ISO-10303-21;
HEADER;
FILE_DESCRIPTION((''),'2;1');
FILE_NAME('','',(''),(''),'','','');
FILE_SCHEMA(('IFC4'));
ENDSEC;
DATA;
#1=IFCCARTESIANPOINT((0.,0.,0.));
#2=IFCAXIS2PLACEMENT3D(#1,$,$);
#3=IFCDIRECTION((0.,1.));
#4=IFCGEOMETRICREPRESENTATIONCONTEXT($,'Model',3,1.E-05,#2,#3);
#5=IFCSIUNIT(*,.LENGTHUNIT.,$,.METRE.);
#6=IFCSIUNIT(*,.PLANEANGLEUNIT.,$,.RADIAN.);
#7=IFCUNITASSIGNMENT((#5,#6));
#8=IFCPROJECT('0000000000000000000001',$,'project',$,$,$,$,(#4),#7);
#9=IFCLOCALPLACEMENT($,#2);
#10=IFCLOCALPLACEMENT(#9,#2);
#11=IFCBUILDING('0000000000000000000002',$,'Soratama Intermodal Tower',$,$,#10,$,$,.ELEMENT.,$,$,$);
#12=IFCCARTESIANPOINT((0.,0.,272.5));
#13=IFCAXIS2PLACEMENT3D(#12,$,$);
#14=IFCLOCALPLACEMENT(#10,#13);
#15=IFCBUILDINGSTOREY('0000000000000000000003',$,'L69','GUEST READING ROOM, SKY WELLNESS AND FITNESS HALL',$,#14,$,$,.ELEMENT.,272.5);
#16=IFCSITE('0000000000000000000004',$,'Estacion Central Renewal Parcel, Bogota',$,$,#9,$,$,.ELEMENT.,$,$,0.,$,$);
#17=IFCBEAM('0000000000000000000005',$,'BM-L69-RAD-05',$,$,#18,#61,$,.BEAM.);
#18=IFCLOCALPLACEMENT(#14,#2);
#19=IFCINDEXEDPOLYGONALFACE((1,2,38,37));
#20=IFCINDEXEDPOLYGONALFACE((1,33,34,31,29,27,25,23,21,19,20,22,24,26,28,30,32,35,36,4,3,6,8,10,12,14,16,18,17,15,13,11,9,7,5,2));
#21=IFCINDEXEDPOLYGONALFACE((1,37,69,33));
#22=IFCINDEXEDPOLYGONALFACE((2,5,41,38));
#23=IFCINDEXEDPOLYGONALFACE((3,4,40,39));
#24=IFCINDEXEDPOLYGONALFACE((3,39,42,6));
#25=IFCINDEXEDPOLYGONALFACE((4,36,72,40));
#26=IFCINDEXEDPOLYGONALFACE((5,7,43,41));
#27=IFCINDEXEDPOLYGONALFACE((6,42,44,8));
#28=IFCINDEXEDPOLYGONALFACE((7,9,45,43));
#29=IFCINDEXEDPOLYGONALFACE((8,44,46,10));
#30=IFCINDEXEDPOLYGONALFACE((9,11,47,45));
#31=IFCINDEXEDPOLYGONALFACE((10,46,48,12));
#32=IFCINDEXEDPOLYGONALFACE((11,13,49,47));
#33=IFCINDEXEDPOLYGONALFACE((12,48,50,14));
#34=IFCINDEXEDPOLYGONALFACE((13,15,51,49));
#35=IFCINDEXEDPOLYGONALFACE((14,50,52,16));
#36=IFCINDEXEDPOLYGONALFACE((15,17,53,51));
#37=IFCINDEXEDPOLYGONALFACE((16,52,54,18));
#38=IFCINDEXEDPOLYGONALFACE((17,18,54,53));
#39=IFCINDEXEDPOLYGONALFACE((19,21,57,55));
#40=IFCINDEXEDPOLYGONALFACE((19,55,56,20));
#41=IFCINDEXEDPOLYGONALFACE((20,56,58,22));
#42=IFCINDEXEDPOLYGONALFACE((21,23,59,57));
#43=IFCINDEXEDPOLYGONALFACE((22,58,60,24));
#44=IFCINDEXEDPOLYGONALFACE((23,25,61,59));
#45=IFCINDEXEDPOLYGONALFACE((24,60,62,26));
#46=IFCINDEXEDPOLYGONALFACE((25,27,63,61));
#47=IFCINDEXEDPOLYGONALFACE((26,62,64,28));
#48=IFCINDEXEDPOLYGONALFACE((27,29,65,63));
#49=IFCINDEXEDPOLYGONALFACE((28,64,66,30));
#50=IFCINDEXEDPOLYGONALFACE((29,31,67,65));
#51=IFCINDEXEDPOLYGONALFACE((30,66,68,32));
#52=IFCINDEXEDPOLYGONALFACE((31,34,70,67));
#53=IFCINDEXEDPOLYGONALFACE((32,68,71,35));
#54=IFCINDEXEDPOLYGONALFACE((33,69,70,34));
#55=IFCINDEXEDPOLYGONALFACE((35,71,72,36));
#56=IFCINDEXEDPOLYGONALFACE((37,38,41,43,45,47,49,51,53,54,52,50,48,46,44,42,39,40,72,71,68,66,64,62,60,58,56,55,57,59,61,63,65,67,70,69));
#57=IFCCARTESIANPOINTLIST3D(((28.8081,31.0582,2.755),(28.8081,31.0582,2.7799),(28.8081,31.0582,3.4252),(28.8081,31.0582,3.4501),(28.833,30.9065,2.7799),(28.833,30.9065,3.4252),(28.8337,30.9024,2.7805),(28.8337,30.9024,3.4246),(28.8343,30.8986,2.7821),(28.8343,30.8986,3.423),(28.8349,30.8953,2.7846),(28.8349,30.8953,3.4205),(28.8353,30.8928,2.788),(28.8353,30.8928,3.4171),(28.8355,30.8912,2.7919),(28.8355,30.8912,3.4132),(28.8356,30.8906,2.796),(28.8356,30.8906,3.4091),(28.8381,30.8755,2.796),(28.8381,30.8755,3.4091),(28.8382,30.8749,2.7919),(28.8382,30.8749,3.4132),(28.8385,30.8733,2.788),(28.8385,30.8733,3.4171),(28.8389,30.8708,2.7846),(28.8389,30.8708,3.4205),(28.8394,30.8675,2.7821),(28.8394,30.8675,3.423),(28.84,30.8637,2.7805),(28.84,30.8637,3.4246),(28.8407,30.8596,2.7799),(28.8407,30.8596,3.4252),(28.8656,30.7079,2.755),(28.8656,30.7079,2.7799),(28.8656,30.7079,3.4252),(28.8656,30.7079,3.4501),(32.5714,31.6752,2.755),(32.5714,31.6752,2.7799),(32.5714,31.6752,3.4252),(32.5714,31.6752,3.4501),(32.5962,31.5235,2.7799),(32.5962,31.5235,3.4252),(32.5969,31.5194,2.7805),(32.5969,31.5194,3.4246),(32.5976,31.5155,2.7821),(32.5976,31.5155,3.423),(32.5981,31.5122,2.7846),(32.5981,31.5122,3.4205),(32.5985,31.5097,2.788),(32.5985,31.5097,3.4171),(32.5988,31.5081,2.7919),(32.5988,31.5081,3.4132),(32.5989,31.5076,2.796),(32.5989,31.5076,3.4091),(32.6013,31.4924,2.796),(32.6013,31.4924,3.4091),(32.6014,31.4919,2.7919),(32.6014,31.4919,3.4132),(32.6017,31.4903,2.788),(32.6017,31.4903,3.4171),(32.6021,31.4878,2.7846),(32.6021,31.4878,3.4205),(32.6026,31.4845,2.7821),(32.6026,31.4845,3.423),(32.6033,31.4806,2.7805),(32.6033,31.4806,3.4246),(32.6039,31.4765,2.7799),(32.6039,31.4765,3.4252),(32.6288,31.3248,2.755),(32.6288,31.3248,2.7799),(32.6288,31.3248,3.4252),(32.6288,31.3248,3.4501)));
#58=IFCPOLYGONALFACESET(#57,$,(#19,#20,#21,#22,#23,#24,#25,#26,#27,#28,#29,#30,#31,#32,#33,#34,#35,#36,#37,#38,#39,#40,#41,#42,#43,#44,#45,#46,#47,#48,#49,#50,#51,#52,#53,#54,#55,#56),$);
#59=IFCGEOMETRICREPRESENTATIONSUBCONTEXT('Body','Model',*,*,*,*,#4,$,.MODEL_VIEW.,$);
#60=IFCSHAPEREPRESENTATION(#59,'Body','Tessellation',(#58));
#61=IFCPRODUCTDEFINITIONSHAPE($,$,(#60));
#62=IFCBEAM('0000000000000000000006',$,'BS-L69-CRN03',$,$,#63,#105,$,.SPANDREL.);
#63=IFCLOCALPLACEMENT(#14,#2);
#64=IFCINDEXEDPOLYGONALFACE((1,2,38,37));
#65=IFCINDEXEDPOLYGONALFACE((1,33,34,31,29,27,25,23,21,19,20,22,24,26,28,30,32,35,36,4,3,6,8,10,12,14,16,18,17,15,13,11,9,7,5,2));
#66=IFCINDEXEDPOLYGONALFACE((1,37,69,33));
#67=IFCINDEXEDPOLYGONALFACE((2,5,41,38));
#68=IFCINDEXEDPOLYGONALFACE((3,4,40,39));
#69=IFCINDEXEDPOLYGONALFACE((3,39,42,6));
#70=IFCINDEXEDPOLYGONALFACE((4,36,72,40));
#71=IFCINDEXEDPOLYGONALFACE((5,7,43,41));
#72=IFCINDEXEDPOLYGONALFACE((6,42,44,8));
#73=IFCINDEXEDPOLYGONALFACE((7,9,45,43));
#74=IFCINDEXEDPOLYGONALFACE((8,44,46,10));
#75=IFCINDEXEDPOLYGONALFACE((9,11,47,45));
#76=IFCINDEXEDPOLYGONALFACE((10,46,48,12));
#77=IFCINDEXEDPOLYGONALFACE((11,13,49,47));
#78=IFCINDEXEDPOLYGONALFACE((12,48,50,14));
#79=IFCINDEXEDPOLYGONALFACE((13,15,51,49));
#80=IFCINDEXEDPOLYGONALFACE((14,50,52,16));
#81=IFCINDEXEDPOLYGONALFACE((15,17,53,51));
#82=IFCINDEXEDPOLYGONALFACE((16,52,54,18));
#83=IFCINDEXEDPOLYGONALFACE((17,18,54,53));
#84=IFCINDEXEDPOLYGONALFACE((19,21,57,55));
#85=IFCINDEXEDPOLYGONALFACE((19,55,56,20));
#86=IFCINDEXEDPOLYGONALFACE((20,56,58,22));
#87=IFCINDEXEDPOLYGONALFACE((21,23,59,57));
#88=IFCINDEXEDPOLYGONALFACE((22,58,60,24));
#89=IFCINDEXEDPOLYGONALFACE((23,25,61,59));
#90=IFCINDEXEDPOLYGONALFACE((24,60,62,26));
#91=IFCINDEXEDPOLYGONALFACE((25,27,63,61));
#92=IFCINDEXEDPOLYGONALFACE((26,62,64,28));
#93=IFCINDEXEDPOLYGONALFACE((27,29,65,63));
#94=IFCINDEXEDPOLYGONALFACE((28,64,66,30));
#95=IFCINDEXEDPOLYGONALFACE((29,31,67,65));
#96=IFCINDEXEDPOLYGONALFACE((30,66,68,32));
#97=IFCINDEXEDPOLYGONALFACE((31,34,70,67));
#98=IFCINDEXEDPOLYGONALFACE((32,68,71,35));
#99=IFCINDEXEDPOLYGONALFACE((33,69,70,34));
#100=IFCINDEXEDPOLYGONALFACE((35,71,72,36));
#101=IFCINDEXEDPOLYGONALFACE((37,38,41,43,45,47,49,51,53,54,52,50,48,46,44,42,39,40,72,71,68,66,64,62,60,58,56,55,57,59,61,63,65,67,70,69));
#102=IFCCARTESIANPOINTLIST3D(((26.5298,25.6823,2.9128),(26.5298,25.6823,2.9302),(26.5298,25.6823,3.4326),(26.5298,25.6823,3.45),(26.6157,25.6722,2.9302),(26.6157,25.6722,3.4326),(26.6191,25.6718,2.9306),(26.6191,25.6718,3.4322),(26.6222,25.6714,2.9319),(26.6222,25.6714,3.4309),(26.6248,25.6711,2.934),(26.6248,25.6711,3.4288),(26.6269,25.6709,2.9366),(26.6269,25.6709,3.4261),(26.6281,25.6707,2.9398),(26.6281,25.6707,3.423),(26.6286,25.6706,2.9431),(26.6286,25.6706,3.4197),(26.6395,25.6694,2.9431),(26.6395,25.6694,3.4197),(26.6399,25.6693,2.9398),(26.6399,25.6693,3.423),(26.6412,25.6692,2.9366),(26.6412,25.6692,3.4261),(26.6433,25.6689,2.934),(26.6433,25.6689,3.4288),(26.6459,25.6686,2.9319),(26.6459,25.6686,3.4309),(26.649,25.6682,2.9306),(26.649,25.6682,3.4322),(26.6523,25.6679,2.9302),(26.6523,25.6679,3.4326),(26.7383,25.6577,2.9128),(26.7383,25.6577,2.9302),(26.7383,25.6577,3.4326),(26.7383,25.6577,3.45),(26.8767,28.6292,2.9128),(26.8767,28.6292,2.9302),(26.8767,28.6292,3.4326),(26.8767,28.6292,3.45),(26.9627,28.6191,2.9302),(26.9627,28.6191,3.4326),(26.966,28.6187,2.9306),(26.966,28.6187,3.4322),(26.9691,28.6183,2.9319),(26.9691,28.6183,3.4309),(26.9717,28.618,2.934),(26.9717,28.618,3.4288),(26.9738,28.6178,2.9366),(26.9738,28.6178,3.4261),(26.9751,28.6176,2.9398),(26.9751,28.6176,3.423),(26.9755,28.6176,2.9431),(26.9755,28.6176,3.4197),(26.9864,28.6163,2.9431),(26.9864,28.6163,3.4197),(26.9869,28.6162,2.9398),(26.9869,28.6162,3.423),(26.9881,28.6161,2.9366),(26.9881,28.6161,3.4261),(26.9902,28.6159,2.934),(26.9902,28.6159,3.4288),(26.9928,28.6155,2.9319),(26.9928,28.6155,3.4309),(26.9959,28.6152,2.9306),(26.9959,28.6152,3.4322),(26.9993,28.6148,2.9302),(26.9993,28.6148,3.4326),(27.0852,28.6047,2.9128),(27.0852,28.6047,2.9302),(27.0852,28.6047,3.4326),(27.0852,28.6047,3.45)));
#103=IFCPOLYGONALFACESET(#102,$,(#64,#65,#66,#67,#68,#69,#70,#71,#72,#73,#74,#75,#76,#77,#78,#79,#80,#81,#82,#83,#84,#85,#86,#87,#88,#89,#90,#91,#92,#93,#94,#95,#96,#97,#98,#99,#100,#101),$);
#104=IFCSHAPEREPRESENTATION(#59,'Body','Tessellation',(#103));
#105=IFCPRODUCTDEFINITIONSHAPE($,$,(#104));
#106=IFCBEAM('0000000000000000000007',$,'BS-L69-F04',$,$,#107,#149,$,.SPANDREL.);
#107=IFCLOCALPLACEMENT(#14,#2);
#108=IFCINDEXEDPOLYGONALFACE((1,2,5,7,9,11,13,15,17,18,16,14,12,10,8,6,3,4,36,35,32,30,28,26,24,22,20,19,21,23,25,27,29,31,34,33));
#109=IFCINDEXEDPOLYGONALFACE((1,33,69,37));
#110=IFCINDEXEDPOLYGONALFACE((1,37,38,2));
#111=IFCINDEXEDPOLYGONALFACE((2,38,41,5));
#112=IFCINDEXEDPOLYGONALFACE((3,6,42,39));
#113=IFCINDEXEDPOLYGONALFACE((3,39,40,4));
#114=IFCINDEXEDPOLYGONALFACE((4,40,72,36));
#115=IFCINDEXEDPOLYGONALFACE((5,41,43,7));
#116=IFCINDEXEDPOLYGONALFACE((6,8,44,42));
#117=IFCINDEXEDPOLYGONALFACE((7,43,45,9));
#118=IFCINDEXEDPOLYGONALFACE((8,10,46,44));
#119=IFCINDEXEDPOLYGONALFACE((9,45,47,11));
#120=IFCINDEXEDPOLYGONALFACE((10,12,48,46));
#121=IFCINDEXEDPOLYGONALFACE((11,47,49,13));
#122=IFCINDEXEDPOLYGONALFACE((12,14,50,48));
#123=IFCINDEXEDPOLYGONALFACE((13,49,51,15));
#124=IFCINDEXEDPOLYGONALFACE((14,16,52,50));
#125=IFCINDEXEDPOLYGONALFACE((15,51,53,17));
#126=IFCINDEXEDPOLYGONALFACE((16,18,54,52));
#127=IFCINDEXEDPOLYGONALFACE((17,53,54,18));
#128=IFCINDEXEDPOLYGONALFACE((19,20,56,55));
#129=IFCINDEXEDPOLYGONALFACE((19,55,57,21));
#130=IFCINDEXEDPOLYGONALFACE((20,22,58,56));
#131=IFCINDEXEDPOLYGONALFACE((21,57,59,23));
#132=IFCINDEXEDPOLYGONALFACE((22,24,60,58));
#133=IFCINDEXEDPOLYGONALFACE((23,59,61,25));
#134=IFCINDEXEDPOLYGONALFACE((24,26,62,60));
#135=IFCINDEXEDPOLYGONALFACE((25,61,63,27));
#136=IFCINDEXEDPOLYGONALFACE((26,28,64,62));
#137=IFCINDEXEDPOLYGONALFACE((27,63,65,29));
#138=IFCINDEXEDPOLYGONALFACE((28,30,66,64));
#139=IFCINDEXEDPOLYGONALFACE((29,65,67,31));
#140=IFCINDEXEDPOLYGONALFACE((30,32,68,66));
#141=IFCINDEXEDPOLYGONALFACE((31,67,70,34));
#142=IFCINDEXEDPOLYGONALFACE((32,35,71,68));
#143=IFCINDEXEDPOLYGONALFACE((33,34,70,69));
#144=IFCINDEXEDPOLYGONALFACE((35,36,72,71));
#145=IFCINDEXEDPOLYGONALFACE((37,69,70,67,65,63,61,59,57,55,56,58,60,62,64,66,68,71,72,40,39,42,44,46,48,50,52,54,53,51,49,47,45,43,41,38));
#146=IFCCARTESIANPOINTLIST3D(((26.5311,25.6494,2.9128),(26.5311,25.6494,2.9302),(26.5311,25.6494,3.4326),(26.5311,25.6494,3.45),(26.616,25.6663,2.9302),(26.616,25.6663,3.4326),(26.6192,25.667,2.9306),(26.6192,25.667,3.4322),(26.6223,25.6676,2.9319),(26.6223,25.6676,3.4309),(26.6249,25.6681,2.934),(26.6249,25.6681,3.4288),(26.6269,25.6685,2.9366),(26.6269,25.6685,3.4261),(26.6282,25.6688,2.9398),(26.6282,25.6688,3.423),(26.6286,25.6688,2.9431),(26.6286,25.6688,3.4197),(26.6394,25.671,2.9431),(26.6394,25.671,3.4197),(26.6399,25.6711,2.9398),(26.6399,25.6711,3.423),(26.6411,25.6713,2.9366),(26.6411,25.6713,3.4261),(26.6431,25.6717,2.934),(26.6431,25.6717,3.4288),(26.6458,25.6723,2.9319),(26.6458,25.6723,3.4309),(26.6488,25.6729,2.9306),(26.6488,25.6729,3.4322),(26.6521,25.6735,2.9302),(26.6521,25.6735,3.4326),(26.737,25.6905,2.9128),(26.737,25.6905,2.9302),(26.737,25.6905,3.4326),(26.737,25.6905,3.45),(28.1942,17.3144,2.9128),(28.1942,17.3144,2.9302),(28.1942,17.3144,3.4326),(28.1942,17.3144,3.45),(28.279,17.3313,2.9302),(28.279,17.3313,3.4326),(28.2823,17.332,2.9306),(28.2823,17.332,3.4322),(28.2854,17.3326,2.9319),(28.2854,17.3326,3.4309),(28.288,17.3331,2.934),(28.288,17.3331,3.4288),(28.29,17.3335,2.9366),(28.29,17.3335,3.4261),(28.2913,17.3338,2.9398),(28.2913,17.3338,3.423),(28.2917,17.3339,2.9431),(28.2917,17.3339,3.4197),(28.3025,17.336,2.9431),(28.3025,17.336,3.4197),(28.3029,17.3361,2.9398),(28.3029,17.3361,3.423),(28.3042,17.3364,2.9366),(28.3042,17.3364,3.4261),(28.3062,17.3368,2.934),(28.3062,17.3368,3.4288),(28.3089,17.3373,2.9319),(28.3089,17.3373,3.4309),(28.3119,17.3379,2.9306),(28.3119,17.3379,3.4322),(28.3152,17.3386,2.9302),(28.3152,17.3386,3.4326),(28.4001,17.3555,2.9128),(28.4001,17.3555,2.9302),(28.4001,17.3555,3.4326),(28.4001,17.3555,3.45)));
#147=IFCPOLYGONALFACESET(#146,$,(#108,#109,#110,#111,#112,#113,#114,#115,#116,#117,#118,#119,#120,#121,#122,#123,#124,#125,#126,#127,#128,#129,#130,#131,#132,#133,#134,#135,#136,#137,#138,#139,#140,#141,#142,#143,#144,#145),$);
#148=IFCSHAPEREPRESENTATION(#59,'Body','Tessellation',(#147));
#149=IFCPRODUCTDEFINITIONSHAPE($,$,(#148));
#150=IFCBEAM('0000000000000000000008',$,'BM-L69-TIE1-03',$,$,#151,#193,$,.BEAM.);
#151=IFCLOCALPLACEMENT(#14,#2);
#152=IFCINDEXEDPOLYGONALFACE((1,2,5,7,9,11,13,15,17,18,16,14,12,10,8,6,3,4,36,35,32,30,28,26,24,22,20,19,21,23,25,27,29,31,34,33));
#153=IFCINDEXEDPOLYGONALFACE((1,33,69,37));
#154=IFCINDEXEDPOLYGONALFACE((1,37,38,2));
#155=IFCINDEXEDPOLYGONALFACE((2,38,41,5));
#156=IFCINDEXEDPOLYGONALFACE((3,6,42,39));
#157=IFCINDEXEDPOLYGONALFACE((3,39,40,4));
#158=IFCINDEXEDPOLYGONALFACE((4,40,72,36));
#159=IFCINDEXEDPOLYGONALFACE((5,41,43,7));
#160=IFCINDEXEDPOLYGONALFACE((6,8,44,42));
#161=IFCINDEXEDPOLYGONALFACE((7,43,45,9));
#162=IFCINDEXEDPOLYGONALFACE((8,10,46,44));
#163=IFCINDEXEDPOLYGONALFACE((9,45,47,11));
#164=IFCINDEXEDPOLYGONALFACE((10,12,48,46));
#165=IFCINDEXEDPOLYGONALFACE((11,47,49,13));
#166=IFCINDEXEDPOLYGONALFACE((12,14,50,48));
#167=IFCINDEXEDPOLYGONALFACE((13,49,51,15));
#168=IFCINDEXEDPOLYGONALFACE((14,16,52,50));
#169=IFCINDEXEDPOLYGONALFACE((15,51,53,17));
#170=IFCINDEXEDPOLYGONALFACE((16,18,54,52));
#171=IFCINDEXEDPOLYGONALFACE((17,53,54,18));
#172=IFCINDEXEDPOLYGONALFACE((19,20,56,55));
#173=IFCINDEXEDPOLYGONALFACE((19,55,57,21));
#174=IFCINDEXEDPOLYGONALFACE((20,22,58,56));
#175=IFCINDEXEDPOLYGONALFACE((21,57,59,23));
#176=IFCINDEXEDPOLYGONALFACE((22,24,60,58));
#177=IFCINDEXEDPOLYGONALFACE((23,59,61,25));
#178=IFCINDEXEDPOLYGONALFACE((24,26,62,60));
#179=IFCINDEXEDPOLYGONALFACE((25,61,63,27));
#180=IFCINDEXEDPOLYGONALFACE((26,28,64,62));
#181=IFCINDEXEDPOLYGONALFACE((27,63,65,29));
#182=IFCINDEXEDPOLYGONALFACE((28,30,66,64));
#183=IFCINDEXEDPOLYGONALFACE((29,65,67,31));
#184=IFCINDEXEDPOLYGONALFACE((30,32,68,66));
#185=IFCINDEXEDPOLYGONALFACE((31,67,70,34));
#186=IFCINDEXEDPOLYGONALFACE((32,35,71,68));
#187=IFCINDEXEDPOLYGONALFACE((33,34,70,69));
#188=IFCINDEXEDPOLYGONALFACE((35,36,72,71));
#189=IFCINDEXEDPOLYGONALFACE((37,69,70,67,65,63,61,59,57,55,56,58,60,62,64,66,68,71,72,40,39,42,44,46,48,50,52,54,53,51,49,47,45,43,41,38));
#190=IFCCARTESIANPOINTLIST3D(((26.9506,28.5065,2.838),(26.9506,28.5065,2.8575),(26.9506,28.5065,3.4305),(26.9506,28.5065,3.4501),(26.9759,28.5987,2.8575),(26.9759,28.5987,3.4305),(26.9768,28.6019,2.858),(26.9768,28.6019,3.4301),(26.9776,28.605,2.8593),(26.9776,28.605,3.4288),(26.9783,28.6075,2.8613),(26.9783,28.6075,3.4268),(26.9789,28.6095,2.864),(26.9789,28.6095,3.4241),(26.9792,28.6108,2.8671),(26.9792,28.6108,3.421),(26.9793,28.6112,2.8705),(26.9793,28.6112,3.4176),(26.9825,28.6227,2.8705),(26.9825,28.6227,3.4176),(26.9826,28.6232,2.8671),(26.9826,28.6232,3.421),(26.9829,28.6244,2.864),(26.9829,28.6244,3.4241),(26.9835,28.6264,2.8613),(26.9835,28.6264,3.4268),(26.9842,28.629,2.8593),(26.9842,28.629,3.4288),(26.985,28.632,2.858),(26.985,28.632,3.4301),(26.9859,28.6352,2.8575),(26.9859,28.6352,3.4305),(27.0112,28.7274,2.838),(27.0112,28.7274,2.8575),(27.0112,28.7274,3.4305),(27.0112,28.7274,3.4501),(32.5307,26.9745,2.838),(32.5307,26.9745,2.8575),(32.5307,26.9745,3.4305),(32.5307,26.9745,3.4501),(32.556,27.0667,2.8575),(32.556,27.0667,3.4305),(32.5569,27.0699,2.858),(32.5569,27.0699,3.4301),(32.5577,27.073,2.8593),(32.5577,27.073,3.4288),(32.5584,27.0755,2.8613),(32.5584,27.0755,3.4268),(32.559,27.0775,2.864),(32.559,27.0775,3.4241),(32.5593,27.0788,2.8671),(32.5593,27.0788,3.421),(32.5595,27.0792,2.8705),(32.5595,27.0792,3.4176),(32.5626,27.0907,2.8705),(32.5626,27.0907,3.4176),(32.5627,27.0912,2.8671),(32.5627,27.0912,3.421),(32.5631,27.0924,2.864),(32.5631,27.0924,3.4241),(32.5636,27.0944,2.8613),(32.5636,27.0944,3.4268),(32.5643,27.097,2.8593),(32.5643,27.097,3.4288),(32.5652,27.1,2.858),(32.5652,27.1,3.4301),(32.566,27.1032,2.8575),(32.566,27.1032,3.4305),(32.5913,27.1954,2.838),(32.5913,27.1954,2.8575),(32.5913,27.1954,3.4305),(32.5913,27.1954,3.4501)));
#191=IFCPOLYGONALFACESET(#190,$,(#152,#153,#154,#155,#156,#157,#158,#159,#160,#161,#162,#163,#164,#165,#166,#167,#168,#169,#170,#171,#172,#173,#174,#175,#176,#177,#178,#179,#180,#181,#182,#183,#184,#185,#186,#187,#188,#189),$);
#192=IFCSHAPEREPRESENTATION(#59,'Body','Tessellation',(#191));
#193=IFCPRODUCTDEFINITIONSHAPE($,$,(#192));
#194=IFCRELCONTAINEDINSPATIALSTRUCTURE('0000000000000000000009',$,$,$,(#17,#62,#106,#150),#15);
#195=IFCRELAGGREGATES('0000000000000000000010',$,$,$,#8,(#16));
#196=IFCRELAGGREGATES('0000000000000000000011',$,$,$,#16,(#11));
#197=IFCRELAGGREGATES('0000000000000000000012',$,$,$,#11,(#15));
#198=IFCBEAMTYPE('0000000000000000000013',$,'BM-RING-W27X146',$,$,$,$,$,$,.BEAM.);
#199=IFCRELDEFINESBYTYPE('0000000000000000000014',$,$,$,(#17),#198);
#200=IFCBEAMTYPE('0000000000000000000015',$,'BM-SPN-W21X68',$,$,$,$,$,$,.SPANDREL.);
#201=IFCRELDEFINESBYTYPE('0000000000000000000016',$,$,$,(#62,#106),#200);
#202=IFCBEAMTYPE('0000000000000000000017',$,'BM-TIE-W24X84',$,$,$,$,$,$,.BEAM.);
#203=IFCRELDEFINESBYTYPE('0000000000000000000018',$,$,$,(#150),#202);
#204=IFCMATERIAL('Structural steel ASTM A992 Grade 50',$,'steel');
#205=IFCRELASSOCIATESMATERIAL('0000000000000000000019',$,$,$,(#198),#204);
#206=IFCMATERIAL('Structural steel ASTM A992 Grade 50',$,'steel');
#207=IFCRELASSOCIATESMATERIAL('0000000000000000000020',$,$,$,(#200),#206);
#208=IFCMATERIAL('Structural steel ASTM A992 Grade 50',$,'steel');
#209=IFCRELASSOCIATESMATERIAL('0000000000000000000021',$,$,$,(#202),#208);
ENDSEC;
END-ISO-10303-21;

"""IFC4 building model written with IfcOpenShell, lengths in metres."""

from ifc_helpers import new_model, si_unit, direction, frame, origin, origin_2d, place, context, subcontext, project, spatial, i_section, extrude, material, material_profile, profile_set, type_object, element, save


model = new_model("IFC4")

# Units and contexts
model_context = context("Model", 3, precision=1e-05, world=origin(), true_north=direction((0.0, 1.0)))
body_context = subcontext(model_context, "Body", "Model", "MODEL_VIEW")
ifc_project = project(units=[si_unit("LENGTHUNIT", "METRE"), si_unit("PLANEANGLEUNIT", "RADIAN")], contexts=[model_context])

# Site, building, storey
site_placement = place(None, origin())
site = spatial("IfcSite", under=ifc_project, at=site_placement, Name="Estacion Central Renewal Parcel, Bogota", CompositionType="ELEMENT", RefElevation=0.0)
building_placement = place(site_placement, origin())
building = spatial("IfcBuilding", under=site, at=building_placement, Name="Soratama Intermodal Tower", CompositionType="ELEMENT")
storey_placement = place(building_placement, frame((0.0, 0.0, 272.5)))
storey = spatial("IfcBuildingStorey", under=building, at=storey_placement, Name="L69", Description="GUEST READING ROOM, SKY WELLNESS AND FITNESS HALL", CompositionType="ELEMENT", Elevation=272.5)

# Beams
ifc_material_1 = material(Name="Structural steel ASTM A992 Grade 50", Category="steel")
ifc_material_profile_1 = material_profile(ifc_material_1, i_section(OverallWidth=0.355, OverallDepth=0.6951, WebThickness=0.0154, FlangeThickness=0.0249, FilletRadius=0.0161, at=origin_2d()), Name="W27X146")
ifc_profile_set_1 = profile_set([ifc_material_profile_1], Name="Structural steel ASTM A992 Grade 50")
beam_type_1 = type_object("IfcBeamType", Name="BM-RING-W27X146", PredefinedType="BEAM", material=ifc_profile_set_1)
beam_1_placement = place(storey_placement, frame((32.6001, 31.5, 3.1025), z_axis=(-0.986826, -0.161782, 0.0), x_axis=(0.161782, -0.986826, 0.0)))
element("IfcBeam", 1, at=beam_1_placement, inside=storey, type_object=beam_type_1, Name="BM-L69-RAD-05", PredefinedType="BEAM", context=body_context, shape_type="SweptSolid", body=[
    extrude(i_section(OverallWidth=0.355, OverallDepth=0.6951, WebThickness=0.0154, FlangeThickness=0.0249, FilletRadius=0.0161, at=origin_2d()), origin(), (0.0, 0.0, 1.0), 3.8135),
])
ifc_material_2 = material(Name="Structural steel ASTM A992 Grade 50", Category="steel")
ifc_material_profile_2 = material_profile(ifc_material_2, i_section(OverallWidth=0.21, OverallDepth=0.5371, WebThickness=0.011, FlangeThickness=0.0173, FilletRadius=0.0129, at=origin_2d()), Name="W21X68")
ifc_profile_set_2 = profile_set([ifc_material_profile_2], Name="Structural steel ASTM A992 Grade 50")
beam_type_2 = type_object("IfcBeamType", Name="BM-SPN-W21X68", PredefinedType="SPANDREL", material=ifc_profile_set_2)
beam_2_placement = place(storey_placement, frame((26.981, 28.6169, 3.1814), z_axis=(-0.116913, -0.993142, 0.0), x_axis=(0.993142, -0.116913, 0.0)))
element("IfcBeam", 2, at=beam_2_placement, inside=storey, type_object=beam_type_2, Name="BS-L69-CRN03", PredefinedType="SPANDREL", context=body_context, shape_type="SweptSolid", body=[
    extrude(i_section(OverallWidth=0.21, OverallDepth=0.5371, WebThickness=0.011, FlangeThickness=0.0173, FilletRadius=0.0129, at=origin_2d()), origin(), (0.0, 0.0, 1.0), 2.9673),
])
beam_3_placement = place(storey_placement, frame((26.634, 25.6699, 3.1814), z_axis=(0.195674, -0.980669, 0.0), x_axis=(0.980669, 0.195674, 0.0)))
element("IfcBeam", 3, at=beam_3_placement, inside=storey, type_object=beam_type_2, Name="BS-L69-F04", PredefinedType="SPANDREL", context=body_context, shape_type="SweptSolid", body=[
    extrude(i_section(OverallWidth=0.21, OverallDepth=0.5371, WebThickness=0.011, FlangeThickness=0.0173, FilletRadius=0.0129, at=origin_2d()), origin(), (0.0, 0.0, 1.0), 8.4993),
])
ifc_material_3 = material(Name="Structural steel ASTM A992 Grade 50", Category="steel")
ifc_material_profile_3 = material_profile(ifc_material_3, i_section(OverallWidth=0.229, OverallDepth=0.6121, WebThickness=0.012, FlangeThickness=0.0195, FilletRadius=0.0129, at=origin_2d()), Name="W24X84")
ifc_profile_set_3 = profile_set([ifc_material_profile_3], Name="Structural steel ASTM A992 Grade 50")
beam_type_3 = type_object("IfcBeamType", Name="BM-TIE-W24X84", PredefinedType="BEAM", material=ifc_profile_set_3)
beam_4_placement = place(storey_placement, frame((32.561, 27.085, 3.144), z_axis=(-0.964317, 0.264749, 0.0), x_axis=(-0.264749, -0.964317, 0.0)))
element("IfcBeam", 4, at=beam_4_placement, inside=storey, type_object=beam_type_3, Name="BM-L69-TIE1-03", PredefinedType="BEAM", context=body_context, shape_type="SweptSolid", body=[
    extrude(i_section(OverallWidth=0.229, OverallDepth=0.6121, WebThickness=0.012, FlangeThickness=0.0195, FilletRadius=0.0129, at=origin_2d()), origin(), (0.0, 0.0, 1.0), 5.7866),
])

save(model, "model.ifc")
